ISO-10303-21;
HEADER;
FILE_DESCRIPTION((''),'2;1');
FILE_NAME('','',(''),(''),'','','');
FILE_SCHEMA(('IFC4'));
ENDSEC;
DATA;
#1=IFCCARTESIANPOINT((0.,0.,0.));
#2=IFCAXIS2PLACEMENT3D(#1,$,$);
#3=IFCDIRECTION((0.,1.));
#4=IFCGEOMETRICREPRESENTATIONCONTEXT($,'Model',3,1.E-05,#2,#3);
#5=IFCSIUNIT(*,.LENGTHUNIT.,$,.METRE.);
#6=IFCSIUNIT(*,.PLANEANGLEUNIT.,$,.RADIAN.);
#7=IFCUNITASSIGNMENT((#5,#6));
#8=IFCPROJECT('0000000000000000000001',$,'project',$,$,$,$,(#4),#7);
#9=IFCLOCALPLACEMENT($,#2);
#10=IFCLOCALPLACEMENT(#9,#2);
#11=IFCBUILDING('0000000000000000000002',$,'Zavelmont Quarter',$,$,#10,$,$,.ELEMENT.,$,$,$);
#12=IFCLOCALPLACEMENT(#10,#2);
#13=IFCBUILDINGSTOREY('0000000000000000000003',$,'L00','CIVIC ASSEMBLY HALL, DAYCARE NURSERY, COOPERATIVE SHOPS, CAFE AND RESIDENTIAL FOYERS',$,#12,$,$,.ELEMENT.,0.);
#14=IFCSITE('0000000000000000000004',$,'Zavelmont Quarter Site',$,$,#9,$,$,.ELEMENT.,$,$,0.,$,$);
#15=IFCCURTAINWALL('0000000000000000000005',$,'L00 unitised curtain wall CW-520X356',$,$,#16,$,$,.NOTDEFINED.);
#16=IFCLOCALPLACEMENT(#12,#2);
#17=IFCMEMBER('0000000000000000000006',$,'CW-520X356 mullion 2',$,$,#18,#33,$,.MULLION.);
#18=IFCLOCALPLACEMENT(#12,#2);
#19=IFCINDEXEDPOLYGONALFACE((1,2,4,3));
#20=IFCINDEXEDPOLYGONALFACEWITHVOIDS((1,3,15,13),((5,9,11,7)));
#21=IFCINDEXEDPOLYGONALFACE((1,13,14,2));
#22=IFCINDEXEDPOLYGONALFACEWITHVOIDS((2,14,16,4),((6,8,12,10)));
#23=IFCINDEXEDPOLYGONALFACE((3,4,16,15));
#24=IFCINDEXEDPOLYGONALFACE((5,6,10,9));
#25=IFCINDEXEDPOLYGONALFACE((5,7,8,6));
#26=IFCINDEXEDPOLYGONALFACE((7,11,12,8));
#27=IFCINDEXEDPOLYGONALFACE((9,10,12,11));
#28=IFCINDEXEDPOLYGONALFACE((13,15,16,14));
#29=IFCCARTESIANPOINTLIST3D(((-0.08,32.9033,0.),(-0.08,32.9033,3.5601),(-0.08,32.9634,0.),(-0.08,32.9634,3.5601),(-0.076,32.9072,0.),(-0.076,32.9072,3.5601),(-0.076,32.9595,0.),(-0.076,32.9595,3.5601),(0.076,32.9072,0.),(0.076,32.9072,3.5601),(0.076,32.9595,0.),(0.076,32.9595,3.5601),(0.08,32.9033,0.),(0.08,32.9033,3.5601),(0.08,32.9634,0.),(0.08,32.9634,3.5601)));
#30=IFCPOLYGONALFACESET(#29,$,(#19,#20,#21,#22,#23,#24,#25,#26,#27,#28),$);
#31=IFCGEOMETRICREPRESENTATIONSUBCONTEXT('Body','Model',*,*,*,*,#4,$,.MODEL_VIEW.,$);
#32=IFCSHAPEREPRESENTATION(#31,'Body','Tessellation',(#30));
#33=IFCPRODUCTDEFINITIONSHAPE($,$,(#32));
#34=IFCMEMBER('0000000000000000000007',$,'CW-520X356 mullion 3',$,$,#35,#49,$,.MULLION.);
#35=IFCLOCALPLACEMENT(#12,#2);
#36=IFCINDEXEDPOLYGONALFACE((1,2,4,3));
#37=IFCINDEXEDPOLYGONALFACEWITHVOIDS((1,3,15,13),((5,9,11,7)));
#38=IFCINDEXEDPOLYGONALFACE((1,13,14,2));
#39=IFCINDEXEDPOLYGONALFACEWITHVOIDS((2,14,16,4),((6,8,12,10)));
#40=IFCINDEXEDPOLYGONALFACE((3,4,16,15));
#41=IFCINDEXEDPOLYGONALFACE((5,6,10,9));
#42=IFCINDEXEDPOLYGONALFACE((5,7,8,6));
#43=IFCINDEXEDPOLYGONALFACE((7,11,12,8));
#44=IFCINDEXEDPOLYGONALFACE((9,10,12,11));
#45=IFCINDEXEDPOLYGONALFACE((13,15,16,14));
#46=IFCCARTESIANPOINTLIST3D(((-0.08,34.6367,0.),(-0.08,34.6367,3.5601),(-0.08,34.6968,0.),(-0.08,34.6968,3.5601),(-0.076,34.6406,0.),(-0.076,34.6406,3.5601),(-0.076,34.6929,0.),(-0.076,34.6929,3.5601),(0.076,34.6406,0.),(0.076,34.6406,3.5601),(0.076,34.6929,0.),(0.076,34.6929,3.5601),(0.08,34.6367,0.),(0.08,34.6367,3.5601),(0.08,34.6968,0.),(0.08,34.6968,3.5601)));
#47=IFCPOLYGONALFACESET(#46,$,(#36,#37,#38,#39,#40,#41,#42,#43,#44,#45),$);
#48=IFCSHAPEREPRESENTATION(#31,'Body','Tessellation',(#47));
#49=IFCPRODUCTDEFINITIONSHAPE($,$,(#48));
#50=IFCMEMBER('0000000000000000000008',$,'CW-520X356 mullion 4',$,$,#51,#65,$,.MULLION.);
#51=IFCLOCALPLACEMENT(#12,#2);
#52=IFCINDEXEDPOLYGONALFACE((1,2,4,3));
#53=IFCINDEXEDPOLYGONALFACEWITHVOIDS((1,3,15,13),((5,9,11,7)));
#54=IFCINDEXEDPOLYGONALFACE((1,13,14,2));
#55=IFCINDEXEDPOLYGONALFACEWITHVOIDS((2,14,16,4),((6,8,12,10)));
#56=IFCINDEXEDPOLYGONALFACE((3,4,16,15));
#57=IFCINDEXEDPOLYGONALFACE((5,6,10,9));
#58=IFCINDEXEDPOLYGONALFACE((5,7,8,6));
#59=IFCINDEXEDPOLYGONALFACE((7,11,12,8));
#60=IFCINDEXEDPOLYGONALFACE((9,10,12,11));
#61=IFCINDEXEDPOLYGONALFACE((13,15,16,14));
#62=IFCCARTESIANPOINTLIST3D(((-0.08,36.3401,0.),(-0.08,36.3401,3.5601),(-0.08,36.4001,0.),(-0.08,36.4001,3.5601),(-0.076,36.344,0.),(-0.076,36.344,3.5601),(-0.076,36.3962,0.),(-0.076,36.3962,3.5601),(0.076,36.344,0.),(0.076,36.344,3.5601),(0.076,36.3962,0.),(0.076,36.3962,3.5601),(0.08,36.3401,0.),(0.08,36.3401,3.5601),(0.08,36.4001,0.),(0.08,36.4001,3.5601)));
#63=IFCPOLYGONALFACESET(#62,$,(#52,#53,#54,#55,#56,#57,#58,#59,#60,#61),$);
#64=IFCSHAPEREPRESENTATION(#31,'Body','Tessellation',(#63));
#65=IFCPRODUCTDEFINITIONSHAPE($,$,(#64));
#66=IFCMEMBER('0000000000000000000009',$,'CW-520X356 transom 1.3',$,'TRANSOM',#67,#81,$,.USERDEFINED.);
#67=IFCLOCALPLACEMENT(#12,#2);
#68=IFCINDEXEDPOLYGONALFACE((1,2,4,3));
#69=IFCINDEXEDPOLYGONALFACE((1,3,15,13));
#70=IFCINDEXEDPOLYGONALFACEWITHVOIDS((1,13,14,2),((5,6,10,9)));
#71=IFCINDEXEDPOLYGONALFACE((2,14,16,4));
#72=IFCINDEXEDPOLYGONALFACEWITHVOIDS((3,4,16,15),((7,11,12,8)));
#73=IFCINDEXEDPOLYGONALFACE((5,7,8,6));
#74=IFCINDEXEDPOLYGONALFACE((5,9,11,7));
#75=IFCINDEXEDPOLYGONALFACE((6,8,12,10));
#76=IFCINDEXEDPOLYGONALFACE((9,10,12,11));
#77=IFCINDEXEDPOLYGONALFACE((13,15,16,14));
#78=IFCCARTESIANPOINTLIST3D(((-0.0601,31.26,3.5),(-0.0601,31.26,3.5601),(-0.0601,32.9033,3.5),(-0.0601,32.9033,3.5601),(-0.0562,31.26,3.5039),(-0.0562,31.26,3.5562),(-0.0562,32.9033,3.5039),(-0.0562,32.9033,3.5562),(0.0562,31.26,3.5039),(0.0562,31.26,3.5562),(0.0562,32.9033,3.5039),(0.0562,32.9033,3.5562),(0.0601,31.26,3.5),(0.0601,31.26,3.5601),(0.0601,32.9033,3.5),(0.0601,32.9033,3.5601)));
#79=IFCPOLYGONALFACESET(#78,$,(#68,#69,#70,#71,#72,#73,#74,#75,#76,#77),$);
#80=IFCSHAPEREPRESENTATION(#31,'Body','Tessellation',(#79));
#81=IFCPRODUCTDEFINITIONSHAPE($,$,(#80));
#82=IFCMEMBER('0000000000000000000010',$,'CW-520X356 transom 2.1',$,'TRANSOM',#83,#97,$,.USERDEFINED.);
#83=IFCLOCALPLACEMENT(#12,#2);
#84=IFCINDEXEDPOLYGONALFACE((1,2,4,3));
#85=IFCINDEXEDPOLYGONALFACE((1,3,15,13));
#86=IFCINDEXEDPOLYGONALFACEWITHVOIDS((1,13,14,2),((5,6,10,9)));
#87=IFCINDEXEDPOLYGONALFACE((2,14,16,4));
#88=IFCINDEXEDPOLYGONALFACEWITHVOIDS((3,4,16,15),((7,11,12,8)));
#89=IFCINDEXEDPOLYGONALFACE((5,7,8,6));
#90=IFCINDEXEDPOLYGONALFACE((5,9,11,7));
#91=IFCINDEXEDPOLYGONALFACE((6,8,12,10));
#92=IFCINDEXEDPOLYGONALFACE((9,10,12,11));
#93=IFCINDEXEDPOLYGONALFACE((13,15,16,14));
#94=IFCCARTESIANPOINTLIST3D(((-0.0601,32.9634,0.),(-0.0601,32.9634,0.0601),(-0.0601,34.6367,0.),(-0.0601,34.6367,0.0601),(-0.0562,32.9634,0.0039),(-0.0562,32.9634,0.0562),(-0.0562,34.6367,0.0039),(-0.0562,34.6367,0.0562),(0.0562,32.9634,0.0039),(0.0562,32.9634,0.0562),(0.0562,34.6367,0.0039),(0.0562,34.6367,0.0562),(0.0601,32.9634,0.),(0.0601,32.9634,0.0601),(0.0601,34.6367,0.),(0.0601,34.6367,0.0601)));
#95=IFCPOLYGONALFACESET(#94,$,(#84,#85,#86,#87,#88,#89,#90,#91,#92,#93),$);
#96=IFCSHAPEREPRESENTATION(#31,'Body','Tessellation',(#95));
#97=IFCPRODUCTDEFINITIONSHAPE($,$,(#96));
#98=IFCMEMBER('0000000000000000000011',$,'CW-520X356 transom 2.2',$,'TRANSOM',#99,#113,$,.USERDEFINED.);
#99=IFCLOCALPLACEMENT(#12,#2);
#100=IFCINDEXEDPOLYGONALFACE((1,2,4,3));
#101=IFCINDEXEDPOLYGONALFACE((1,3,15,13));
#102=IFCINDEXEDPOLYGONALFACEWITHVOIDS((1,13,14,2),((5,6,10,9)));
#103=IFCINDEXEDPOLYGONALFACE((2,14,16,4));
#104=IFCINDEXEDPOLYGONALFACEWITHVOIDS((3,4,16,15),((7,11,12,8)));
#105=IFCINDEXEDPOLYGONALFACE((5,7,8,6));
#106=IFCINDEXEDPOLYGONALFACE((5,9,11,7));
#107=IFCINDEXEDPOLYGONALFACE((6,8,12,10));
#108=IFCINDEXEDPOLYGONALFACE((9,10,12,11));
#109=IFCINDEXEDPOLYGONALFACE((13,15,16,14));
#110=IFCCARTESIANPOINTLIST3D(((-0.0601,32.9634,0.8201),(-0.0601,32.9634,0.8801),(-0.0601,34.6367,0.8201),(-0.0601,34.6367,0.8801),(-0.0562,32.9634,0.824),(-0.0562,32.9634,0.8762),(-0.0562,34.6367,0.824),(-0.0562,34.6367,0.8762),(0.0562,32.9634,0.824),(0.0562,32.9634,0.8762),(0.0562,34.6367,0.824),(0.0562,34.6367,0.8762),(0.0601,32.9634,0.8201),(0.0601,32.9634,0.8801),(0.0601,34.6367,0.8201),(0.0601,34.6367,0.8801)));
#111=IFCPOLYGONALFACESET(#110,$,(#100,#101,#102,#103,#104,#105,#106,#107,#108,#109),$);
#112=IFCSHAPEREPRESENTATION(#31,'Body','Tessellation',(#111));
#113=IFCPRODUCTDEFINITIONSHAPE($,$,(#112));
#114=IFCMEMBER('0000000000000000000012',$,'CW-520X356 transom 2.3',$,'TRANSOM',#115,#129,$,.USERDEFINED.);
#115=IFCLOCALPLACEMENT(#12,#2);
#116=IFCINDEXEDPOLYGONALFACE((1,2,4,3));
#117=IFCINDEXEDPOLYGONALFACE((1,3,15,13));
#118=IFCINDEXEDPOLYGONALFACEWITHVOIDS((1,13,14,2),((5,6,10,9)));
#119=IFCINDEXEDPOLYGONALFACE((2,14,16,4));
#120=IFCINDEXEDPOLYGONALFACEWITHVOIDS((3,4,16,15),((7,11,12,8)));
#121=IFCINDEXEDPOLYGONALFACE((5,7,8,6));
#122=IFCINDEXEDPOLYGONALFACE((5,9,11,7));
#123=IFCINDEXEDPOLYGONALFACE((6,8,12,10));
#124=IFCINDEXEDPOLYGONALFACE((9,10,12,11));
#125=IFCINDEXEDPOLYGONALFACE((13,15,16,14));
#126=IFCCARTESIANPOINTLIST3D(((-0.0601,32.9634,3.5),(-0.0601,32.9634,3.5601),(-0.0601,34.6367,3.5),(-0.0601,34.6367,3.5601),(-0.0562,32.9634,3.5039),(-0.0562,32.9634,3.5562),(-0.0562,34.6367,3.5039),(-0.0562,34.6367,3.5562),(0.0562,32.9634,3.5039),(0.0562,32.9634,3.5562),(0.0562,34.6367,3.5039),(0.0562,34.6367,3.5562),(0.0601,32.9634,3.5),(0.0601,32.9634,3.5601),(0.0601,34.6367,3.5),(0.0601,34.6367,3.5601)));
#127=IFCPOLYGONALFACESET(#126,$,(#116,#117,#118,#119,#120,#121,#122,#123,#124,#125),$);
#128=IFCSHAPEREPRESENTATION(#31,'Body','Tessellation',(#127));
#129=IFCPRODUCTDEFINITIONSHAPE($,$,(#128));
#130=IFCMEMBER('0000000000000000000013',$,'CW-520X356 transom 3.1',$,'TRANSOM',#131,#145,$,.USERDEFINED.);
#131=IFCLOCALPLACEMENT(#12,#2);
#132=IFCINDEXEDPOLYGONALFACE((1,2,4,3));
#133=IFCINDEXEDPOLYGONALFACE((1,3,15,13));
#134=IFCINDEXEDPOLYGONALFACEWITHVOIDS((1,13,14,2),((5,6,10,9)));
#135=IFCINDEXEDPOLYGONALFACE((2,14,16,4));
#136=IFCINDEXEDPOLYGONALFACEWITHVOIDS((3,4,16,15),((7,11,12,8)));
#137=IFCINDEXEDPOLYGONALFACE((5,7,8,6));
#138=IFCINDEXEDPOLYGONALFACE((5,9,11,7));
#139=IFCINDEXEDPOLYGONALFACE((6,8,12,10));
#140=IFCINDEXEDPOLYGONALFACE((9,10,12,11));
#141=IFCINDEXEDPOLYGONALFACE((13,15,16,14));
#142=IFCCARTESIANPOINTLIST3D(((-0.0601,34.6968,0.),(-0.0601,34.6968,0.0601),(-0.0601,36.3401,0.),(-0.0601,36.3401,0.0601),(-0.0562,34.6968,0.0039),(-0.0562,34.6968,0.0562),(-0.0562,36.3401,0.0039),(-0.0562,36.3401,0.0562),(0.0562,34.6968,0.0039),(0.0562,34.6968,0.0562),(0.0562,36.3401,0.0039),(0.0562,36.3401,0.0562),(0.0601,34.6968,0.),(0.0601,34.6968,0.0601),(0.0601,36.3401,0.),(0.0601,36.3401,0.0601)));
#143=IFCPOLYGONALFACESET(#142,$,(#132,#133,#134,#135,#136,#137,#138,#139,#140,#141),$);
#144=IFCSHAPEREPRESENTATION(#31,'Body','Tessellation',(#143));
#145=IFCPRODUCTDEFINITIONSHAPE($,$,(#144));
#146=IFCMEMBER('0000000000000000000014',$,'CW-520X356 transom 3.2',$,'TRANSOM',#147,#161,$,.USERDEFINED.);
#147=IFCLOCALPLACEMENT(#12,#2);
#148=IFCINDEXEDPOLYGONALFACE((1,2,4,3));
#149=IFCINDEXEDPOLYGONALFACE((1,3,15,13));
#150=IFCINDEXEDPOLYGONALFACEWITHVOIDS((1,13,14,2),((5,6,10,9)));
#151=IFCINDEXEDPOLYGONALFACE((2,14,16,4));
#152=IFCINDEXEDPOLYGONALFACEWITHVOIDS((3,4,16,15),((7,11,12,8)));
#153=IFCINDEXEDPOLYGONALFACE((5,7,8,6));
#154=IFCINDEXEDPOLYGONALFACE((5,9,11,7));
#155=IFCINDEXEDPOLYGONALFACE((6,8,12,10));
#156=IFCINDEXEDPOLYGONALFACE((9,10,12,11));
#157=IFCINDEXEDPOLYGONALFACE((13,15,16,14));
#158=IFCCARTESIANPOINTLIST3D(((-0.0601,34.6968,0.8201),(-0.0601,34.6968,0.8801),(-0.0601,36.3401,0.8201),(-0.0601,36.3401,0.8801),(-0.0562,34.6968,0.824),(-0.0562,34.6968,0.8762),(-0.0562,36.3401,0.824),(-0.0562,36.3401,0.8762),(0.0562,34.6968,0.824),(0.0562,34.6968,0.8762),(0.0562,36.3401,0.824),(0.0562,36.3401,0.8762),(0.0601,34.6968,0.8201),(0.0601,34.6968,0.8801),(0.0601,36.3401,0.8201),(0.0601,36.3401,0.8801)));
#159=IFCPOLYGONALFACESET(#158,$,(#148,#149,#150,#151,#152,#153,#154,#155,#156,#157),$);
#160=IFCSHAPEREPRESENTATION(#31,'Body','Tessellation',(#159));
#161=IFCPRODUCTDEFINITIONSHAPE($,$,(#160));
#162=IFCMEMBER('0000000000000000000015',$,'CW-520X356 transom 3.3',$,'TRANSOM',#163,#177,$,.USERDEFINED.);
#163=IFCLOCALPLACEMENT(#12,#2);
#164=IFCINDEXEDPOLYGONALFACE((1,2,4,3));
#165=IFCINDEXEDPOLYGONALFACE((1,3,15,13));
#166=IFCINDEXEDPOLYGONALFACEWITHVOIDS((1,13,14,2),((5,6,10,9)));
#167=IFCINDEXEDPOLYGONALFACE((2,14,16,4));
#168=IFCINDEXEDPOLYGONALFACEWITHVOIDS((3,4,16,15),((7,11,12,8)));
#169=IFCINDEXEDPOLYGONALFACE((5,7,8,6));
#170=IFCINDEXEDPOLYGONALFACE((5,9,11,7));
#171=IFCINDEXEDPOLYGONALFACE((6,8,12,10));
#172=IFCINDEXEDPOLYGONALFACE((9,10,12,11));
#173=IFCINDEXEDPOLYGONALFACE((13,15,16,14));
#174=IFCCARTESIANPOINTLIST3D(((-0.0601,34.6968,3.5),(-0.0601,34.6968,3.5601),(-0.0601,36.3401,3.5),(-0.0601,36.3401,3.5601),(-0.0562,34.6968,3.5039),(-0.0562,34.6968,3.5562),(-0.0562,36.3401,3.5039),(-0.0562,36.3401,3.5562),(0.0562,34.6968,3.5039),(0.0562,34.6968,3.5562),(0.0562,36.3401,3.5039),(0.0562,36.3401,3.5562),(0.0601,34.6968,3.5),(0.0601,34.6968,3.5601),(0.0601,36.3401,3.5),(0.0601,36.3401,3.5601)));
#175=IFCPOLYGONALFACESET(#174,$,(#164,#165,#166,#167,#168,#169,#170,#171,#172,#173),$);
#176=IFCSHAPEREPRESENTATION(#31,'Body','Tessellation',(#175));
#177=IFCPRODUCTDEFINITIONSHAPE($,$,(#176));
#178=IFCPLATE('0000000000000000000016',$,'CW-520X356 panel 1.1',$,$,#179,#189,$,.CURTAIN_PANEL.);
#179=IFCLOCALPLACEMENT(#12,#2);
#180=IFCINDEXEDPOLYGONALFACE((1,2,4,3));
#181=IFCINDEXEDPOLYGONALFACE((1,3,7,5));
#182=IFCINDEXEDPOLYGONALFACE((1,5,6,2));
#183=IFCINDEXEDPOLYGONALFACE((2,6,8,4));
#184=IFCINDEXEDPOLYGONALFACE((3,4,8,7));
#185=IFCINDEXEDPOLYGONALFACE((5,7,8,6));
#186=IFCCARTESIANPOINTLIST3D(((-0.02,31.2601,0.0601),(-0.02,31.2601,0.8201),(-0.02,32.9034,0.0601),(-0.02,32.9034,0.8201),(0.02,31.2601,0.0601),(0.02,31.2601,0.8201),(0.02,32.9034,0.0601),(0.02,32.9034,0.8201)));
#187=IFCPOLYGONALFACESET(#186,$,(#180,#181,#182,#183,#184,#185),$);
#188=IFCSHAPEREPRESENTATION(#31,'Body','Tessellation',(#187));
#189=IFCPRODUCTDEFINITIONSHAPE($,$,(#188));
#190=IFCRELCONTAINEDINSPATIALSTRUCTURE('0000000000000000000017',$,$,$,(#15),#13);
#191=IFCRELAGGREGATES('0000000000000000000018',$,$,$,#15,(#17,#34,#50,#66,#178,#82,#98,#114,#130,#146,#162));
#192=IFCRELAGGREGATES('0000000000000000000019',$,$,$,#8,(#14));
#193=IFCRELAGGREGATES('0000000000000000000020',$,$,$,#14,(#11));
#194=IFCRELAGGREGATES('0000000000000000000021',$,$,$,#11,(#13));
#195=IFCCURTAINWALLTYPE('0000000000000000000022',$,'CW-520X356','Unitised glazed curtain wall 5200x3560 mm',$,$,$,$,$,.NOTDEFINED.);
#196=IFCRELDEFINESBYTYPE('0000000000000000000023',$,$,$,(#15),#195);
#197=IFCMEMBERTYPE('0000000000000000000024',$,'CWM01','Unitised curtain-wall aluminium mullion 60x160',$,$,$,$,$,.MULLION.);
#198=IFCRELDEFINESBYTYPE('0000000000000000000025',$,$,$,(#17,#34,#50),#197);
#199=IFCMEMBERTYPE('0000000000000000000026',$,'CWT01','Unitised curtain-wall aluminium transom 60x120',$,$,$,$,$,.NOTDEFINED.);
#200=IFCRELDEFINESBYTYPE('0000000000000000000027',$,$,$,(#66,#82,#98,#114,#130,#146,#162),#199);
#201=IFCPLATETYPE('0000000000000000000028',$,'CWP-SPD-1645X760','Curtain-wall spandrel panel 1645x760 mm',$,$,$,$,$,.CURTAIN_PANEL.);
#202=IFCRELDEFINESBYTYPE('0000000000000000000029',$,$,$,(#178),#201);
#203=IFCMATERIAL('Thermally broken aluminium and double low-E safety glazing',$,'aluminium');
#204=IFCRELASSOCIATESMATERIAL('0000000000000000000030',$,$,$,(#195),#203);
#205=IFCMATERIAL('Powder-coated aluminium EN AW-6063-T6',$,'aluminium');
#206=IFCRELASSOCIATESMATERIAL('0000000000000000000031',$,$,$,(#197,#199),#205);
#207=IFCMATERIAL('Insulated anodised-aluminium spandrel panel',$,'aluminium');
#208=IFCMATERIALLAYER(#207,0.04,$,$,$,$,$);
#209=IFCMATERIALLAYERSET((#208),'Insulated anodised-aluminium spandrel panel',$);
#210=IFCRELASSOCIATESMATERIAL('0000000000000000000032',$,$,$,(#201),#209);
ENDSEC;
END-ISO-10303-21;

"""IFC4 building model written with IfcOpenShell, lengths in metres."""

from ifc_helpers import new_model, si_unit, direction, frame, origin, origin_2d, place, context, subcontext, project, spatial, rectangle, hollow_rectangle, extrude, material, layer, layer_set, material_profile, profile_set, type_object, element, aggregate, save


model = new_model("IFC4")

# Units and contexts
model_context = context("Model", 3, precision=1e-05, world=origin(), true_north=direction((0.0, 1.0)))
body_context = subcontext(model_context, "Body", "Model", "MODEL_VIEW")
ifc_project = project(units=[si_unit("LENGTHUNIT", "METRE"), si_unit("PLANEANGLEUNIT", "RADIAN")], contexts=[model_context])

# Site, building, storey
site_placement = place(None, origin())
site = spatial("IfcSite", under=ifc_project, at=site_placement, Name="Zavelmont Quarter Site", CompositionType="ELEMENT", RefElevation=0.0)
building_placement = place(site_placement, origin())
building = spatial("IfcBuilding", under=site, at=building_placement, Name="Zavelmont Quarter", CompositionType="ELEMENT")
storey_placement = place(building_placement, origin())
storey = spatial("IfcBuildingStorey", under=building, at=storey_placement, Name="L00", Description="CIVIC ASSEMBLY HALL, DAYCARE NURSERY, COOPERATIVE SHOPS, CAFE AND RESIDENTIAL FOYERS", CompositionType="ELEMENT", Elevation=0.0)

# Curtain wall, members, plate
ifc_material_1 = material(Name="Thermally broken aluminium and double low-E safety glazing", Category="aluminium")
curtain_wall_type = type_object("IfcCurtainWallType", Name="CW-520X356", Description="Unitised glazed curtain wall 5200x3560 mm", PredefinedType="NOTDEFINED", material=ifc_material_1)
curtain_wall_placement = place(storey_placement, origin())
curtain_wall = element("IfcCurtainWall", 1, at=curtain_wall_placement, inside=storey, type_object=curtain_wall_type, Name="L00 unitised curtain wall CW-520X356", PredefinedType="NOTDEFINED")
ifc_material_2 = material(Name="Powder-coated aluminium EN AW-6063-T6", Category="aluminium")
ifc_material_profile_1 = material_profile(ifc_material_2, hollow_rectangle(XDim=0.0601, YDim=0.1599, WallThickness=0.0039, at=origin_2d()), Name="CWM60X160")
ifc_profile_set_1 = profile_set([ifc_material_profile_1], Name="Powder-coated aluminium EN AW-6063-T6")
member_type_1 = type_object("IfcMemberType", Name="CWM01", Description="Unitised curtain-wall aluminium mullion 60x160", PredefinedType="MULLION", material=ifc_profile_set_1)
member_1_placement = place(storey_placement, frame((0.0, 32.9333, 0.0), z_axis=(0.0, 0.0, 1.0), x_axis=(0.0, 1.0, 0.0)))
member_1 = element("IfcMember", 2, at=member_1_placement, type_object=member_type_1, Name="CW-520X356 mullion 2", PredefinedType="MULLION", context=body_context, shape_type="SweptSolid", body=[
    extrude(hollow_rectangle(XDim=0.0601, YDim=0.1599, WallThickness=0.0039, at=origin_2d()), origin(), (0.0, 0.0, 1.0), 3.5601),
])
member_2_placement = place(storey_placement, frame((0.0, 34.6667, 0.0), z_axis=(0.0, 0.0, 1.0), x_axis=(0.0, 1.0, 0.0)))
member_2 = element("IfcMember", 3, at=member_2_placement, type_object=member_type_1, Name="CW-520X356 mullion 3", PredefinedType="MULLION", context=body_context, shape_type="SweptSolid", body=[
    extrude(hollow_rectangle(XDim=0.0601, YDim=0.1599, WallThickness=0.0039, at=origin_2d()), origin(), (0.0, 0.0, 1.0), 3.5601),
])
member_3_placement = place(storey_placement, frame((0.0, 36.3701, 0.0), z_axis=(0.0, 0.0, 1.0), x_axis=(0.0, 1.0, 0.0)))
member_3 = element("IfcMember", 4, at=member_3_placement, type_object=member_type_1, Name="CW-520X356 mullion 4", PredefinedType="MULLION", context=body_context, shape_type="SweptSolid", body=[
    extrude(hollow_rectangle(XDim=0.0601, YDim=0.1599, WallThickness=0.0039, at=origin_2d()), origin(), (0.0, 0.0, 1.0), 3.5601),
])
ifc_material_profile_2 = material_profile(ifc_material_2, hollow_rectangle(XDim=0.1201, YDim=0.0601, WallThickness=0.0039, at=origin_2d()), Name="CWT60X120")
ifc_profile_set_2 = profile_set([ifc_material_profile_2], Name="Powder-coated aluminium EN AW-6063-T6")
member_type_2 = type_object("IfcMemberType", Name="CWT01", Description="Unitised curtain-wall aluminium transom 60x120", PredefinedType="NOTDEFINED", material=ifc_profile_set_2)
member_4_placement = place(storey_placement, frame((0.0, 31.26, 3.53), z_axis=(0.0, 1.0, 0.0), x_axis=(-1.0, 0.0, 0.0)))
member_4 = element("IfcMember", 5, at=member_4_placement, type_object=member_type_2, Name="CW-520X356 transom 1.3", ObjectType="TRANSOM", PredefinedType="USERDEFINED", context=body_context, shape_type="SweptSolid", body=[
    extrude(hollow_rectangle(XDim=0.1201, YDim=0.0601, WallThickness=0.0039, at=origin_2d()), origin(), (0.0, 0.0, 1.0), 1.6433),
])
member_5_placement = place(storey_placement, frame((0.0, 32.9634, 0.03), z_axis=(0.0, 1.0, 0.0), x_axis=(-1.0, 0.0, 0.0)))
member_5 = element("IfcMember", 6, at=member_5_placement, type_object=member_type_2, Name="CW-520X356 transom 2.1", ObjectType="TRANSOM", PredefinedType="USERDEFINED", context=body_context, shape_type="SweptSolid", body=[
    extrude(hollow_rectangle(XDim=0.1201, YDim=0.0601, WallThickness=0.0039, at=origin_2d()), origin(), (0.0, 0.0, 1.0), 1.6733),
])
member_6_placement = place(storey_placement, frame((0.0, 32.9634, 0.8501), z_axis=(0.0, 1.0, 0.0), x_axis=(-1.0, 0.0, 0.0)))
member_6 = element("IfcMember", 7, at=member_6_placement, type_object=member_type_2, Name="CW-520X356 transom 2.2", ObjectType="TRANSOM", PredefinedType="USERDEFINED", context=body_context, shape_type="SweptSolid", body=[
    extrude(hollow_rectangle(XDim=0.1201, YDim=0.0601, WallThickness=0.0039, at=origin_2d()), origin(), (0.0, 0.0, 1.0), 1.6733),
])
member_7_placement = place(storey_placement, frame((0.0, 32.9634, 3.53), z_axis=(0.0, 1.0, 0.0), x_axis=(-1.0, 0.0, 0.0)))
member_7 = element("IfcMember", 8, at=member_7_placement, type_object=member_type_2, Name="CW-520X356 transom 2.3", ObjectType="TRANSOM", PredefinedType="USERDEFINED", context=body_context, shape_type="SweptSolid", body=[
    extrude(hollow_rectangle(XDim=0.1201, YDim=0.0601, WallThickness=0.0039, at=origin_2d()), origin(), (0.0, 0.0, 1.0), 1.6733),
])
member_8_placement = place(storey_placement, frame((0.0, 34.6968, 0.03), z_axis=(0.0, 1.0, 0.0), x_axis=(-1.0, 0.0, 0.0)))
member_8 = element("IfcMember", 9, at=member_8_placement, type_object=member_type_2, Name="CW-520X356 transom 3.1", ObjectType="TRANSOM", PredefinedType="USERDEFINED", context=body_context, shape_type="SweptSolid", body=[
    extrude(hollow_rectangle(XDim=0.1201, YDim=0.0601, WallThickness=0.0039, at=origin_2d()), origin(), (0.0, 0.0, 1.0), 1.6433),
])
member_9_placement = place(storey_placement, frame((0.0, 34.6968, 0.8501), z_axis=(0.0, 1.0, 0.0), x_axis=(-1.0, 0.0, 0.0)))
member_9 = element("IfcMember", 10, at=member_9_placement, type_object=member_type_2, Name="CW-520X356 transom 3.2", ObjectType="TRANSOM", PredefinedType="USERDEFINED", context=body_context, shape_type="SweptSolid", body=[
    extrude(hollow_rectangle(XDim=0.1201, YDim=0.0601, WallThickness=0.0039, at=origin_2d()), origin(), (0.0, 0.0, 1.0), 1.6433),
])
member_10_placement = place(storey_placement, frame((0.0, 34.6968, 3.53), z_axis=(0.0, 1.0, 0.0), x_axis=(-1.0, 0.0, 0.0)))
member_10 = element("IfcMember", 11, at=member_10_placement, type_object=member_type_2, Name="CW-520X356 transom 3.3", ObjectType="TRANSOM", PredefinedType="USERDEFINED", context=body_context, shape_type="SweptSolid", body=[
    extrude(hollow_rectangle(XDim=0.1201, YDim=0.0601, WallThickness=0.0039, at=origin_2d()), origin(), (0.0, 0.0, 1.0), 1.6433),
])
ifc_material_3 = material(Name="Insulated anodised-aluminium spandrel panel", Category="aluminium")
ifc_layer_1 = layer(ifc_material_3, 0.04)
ifc_layer_set_1 = layer_set([ifc_layer_1], Name="Insulated anodised-aluminium spandrel panel")
plate_type_1 = type_object("IfcPlateType", Name="CWP-SPD-1645X760", Description="Curtain-wall spandrel panel 1645x760 mm", PredefinedType="CURTAIN_PANEL", material=ifc_layer_set_1)
plate_1_placement = place(storey_placement, frame((0.0, 32.0818, 0.0601), z_axis=(0.0, 0.0, 1.0), x_axis=(0.0, 1.0, 0.0)))
plate_1 = element("IfcPlate", 12, at=plate_1_placement, type_object=plate_type_1, Name="CW-520X356 panel 1.1", PredefinedType="CURTAIN_PANEL", context=body_context, shape_type="SweptSolid", body=[
    extrude(rectangle(XDim=1.6433, YDim=0.04, at=origin_2d()), origin(), (0.0, 0.0, 1.0), 0.76),
])
aggregate(curtain_wall, [member_1, member_2, member_3, member_4, plate_1, member_5, member_6, member_7, member_8, member_9, member_10])

save(model, "model.ifc")
